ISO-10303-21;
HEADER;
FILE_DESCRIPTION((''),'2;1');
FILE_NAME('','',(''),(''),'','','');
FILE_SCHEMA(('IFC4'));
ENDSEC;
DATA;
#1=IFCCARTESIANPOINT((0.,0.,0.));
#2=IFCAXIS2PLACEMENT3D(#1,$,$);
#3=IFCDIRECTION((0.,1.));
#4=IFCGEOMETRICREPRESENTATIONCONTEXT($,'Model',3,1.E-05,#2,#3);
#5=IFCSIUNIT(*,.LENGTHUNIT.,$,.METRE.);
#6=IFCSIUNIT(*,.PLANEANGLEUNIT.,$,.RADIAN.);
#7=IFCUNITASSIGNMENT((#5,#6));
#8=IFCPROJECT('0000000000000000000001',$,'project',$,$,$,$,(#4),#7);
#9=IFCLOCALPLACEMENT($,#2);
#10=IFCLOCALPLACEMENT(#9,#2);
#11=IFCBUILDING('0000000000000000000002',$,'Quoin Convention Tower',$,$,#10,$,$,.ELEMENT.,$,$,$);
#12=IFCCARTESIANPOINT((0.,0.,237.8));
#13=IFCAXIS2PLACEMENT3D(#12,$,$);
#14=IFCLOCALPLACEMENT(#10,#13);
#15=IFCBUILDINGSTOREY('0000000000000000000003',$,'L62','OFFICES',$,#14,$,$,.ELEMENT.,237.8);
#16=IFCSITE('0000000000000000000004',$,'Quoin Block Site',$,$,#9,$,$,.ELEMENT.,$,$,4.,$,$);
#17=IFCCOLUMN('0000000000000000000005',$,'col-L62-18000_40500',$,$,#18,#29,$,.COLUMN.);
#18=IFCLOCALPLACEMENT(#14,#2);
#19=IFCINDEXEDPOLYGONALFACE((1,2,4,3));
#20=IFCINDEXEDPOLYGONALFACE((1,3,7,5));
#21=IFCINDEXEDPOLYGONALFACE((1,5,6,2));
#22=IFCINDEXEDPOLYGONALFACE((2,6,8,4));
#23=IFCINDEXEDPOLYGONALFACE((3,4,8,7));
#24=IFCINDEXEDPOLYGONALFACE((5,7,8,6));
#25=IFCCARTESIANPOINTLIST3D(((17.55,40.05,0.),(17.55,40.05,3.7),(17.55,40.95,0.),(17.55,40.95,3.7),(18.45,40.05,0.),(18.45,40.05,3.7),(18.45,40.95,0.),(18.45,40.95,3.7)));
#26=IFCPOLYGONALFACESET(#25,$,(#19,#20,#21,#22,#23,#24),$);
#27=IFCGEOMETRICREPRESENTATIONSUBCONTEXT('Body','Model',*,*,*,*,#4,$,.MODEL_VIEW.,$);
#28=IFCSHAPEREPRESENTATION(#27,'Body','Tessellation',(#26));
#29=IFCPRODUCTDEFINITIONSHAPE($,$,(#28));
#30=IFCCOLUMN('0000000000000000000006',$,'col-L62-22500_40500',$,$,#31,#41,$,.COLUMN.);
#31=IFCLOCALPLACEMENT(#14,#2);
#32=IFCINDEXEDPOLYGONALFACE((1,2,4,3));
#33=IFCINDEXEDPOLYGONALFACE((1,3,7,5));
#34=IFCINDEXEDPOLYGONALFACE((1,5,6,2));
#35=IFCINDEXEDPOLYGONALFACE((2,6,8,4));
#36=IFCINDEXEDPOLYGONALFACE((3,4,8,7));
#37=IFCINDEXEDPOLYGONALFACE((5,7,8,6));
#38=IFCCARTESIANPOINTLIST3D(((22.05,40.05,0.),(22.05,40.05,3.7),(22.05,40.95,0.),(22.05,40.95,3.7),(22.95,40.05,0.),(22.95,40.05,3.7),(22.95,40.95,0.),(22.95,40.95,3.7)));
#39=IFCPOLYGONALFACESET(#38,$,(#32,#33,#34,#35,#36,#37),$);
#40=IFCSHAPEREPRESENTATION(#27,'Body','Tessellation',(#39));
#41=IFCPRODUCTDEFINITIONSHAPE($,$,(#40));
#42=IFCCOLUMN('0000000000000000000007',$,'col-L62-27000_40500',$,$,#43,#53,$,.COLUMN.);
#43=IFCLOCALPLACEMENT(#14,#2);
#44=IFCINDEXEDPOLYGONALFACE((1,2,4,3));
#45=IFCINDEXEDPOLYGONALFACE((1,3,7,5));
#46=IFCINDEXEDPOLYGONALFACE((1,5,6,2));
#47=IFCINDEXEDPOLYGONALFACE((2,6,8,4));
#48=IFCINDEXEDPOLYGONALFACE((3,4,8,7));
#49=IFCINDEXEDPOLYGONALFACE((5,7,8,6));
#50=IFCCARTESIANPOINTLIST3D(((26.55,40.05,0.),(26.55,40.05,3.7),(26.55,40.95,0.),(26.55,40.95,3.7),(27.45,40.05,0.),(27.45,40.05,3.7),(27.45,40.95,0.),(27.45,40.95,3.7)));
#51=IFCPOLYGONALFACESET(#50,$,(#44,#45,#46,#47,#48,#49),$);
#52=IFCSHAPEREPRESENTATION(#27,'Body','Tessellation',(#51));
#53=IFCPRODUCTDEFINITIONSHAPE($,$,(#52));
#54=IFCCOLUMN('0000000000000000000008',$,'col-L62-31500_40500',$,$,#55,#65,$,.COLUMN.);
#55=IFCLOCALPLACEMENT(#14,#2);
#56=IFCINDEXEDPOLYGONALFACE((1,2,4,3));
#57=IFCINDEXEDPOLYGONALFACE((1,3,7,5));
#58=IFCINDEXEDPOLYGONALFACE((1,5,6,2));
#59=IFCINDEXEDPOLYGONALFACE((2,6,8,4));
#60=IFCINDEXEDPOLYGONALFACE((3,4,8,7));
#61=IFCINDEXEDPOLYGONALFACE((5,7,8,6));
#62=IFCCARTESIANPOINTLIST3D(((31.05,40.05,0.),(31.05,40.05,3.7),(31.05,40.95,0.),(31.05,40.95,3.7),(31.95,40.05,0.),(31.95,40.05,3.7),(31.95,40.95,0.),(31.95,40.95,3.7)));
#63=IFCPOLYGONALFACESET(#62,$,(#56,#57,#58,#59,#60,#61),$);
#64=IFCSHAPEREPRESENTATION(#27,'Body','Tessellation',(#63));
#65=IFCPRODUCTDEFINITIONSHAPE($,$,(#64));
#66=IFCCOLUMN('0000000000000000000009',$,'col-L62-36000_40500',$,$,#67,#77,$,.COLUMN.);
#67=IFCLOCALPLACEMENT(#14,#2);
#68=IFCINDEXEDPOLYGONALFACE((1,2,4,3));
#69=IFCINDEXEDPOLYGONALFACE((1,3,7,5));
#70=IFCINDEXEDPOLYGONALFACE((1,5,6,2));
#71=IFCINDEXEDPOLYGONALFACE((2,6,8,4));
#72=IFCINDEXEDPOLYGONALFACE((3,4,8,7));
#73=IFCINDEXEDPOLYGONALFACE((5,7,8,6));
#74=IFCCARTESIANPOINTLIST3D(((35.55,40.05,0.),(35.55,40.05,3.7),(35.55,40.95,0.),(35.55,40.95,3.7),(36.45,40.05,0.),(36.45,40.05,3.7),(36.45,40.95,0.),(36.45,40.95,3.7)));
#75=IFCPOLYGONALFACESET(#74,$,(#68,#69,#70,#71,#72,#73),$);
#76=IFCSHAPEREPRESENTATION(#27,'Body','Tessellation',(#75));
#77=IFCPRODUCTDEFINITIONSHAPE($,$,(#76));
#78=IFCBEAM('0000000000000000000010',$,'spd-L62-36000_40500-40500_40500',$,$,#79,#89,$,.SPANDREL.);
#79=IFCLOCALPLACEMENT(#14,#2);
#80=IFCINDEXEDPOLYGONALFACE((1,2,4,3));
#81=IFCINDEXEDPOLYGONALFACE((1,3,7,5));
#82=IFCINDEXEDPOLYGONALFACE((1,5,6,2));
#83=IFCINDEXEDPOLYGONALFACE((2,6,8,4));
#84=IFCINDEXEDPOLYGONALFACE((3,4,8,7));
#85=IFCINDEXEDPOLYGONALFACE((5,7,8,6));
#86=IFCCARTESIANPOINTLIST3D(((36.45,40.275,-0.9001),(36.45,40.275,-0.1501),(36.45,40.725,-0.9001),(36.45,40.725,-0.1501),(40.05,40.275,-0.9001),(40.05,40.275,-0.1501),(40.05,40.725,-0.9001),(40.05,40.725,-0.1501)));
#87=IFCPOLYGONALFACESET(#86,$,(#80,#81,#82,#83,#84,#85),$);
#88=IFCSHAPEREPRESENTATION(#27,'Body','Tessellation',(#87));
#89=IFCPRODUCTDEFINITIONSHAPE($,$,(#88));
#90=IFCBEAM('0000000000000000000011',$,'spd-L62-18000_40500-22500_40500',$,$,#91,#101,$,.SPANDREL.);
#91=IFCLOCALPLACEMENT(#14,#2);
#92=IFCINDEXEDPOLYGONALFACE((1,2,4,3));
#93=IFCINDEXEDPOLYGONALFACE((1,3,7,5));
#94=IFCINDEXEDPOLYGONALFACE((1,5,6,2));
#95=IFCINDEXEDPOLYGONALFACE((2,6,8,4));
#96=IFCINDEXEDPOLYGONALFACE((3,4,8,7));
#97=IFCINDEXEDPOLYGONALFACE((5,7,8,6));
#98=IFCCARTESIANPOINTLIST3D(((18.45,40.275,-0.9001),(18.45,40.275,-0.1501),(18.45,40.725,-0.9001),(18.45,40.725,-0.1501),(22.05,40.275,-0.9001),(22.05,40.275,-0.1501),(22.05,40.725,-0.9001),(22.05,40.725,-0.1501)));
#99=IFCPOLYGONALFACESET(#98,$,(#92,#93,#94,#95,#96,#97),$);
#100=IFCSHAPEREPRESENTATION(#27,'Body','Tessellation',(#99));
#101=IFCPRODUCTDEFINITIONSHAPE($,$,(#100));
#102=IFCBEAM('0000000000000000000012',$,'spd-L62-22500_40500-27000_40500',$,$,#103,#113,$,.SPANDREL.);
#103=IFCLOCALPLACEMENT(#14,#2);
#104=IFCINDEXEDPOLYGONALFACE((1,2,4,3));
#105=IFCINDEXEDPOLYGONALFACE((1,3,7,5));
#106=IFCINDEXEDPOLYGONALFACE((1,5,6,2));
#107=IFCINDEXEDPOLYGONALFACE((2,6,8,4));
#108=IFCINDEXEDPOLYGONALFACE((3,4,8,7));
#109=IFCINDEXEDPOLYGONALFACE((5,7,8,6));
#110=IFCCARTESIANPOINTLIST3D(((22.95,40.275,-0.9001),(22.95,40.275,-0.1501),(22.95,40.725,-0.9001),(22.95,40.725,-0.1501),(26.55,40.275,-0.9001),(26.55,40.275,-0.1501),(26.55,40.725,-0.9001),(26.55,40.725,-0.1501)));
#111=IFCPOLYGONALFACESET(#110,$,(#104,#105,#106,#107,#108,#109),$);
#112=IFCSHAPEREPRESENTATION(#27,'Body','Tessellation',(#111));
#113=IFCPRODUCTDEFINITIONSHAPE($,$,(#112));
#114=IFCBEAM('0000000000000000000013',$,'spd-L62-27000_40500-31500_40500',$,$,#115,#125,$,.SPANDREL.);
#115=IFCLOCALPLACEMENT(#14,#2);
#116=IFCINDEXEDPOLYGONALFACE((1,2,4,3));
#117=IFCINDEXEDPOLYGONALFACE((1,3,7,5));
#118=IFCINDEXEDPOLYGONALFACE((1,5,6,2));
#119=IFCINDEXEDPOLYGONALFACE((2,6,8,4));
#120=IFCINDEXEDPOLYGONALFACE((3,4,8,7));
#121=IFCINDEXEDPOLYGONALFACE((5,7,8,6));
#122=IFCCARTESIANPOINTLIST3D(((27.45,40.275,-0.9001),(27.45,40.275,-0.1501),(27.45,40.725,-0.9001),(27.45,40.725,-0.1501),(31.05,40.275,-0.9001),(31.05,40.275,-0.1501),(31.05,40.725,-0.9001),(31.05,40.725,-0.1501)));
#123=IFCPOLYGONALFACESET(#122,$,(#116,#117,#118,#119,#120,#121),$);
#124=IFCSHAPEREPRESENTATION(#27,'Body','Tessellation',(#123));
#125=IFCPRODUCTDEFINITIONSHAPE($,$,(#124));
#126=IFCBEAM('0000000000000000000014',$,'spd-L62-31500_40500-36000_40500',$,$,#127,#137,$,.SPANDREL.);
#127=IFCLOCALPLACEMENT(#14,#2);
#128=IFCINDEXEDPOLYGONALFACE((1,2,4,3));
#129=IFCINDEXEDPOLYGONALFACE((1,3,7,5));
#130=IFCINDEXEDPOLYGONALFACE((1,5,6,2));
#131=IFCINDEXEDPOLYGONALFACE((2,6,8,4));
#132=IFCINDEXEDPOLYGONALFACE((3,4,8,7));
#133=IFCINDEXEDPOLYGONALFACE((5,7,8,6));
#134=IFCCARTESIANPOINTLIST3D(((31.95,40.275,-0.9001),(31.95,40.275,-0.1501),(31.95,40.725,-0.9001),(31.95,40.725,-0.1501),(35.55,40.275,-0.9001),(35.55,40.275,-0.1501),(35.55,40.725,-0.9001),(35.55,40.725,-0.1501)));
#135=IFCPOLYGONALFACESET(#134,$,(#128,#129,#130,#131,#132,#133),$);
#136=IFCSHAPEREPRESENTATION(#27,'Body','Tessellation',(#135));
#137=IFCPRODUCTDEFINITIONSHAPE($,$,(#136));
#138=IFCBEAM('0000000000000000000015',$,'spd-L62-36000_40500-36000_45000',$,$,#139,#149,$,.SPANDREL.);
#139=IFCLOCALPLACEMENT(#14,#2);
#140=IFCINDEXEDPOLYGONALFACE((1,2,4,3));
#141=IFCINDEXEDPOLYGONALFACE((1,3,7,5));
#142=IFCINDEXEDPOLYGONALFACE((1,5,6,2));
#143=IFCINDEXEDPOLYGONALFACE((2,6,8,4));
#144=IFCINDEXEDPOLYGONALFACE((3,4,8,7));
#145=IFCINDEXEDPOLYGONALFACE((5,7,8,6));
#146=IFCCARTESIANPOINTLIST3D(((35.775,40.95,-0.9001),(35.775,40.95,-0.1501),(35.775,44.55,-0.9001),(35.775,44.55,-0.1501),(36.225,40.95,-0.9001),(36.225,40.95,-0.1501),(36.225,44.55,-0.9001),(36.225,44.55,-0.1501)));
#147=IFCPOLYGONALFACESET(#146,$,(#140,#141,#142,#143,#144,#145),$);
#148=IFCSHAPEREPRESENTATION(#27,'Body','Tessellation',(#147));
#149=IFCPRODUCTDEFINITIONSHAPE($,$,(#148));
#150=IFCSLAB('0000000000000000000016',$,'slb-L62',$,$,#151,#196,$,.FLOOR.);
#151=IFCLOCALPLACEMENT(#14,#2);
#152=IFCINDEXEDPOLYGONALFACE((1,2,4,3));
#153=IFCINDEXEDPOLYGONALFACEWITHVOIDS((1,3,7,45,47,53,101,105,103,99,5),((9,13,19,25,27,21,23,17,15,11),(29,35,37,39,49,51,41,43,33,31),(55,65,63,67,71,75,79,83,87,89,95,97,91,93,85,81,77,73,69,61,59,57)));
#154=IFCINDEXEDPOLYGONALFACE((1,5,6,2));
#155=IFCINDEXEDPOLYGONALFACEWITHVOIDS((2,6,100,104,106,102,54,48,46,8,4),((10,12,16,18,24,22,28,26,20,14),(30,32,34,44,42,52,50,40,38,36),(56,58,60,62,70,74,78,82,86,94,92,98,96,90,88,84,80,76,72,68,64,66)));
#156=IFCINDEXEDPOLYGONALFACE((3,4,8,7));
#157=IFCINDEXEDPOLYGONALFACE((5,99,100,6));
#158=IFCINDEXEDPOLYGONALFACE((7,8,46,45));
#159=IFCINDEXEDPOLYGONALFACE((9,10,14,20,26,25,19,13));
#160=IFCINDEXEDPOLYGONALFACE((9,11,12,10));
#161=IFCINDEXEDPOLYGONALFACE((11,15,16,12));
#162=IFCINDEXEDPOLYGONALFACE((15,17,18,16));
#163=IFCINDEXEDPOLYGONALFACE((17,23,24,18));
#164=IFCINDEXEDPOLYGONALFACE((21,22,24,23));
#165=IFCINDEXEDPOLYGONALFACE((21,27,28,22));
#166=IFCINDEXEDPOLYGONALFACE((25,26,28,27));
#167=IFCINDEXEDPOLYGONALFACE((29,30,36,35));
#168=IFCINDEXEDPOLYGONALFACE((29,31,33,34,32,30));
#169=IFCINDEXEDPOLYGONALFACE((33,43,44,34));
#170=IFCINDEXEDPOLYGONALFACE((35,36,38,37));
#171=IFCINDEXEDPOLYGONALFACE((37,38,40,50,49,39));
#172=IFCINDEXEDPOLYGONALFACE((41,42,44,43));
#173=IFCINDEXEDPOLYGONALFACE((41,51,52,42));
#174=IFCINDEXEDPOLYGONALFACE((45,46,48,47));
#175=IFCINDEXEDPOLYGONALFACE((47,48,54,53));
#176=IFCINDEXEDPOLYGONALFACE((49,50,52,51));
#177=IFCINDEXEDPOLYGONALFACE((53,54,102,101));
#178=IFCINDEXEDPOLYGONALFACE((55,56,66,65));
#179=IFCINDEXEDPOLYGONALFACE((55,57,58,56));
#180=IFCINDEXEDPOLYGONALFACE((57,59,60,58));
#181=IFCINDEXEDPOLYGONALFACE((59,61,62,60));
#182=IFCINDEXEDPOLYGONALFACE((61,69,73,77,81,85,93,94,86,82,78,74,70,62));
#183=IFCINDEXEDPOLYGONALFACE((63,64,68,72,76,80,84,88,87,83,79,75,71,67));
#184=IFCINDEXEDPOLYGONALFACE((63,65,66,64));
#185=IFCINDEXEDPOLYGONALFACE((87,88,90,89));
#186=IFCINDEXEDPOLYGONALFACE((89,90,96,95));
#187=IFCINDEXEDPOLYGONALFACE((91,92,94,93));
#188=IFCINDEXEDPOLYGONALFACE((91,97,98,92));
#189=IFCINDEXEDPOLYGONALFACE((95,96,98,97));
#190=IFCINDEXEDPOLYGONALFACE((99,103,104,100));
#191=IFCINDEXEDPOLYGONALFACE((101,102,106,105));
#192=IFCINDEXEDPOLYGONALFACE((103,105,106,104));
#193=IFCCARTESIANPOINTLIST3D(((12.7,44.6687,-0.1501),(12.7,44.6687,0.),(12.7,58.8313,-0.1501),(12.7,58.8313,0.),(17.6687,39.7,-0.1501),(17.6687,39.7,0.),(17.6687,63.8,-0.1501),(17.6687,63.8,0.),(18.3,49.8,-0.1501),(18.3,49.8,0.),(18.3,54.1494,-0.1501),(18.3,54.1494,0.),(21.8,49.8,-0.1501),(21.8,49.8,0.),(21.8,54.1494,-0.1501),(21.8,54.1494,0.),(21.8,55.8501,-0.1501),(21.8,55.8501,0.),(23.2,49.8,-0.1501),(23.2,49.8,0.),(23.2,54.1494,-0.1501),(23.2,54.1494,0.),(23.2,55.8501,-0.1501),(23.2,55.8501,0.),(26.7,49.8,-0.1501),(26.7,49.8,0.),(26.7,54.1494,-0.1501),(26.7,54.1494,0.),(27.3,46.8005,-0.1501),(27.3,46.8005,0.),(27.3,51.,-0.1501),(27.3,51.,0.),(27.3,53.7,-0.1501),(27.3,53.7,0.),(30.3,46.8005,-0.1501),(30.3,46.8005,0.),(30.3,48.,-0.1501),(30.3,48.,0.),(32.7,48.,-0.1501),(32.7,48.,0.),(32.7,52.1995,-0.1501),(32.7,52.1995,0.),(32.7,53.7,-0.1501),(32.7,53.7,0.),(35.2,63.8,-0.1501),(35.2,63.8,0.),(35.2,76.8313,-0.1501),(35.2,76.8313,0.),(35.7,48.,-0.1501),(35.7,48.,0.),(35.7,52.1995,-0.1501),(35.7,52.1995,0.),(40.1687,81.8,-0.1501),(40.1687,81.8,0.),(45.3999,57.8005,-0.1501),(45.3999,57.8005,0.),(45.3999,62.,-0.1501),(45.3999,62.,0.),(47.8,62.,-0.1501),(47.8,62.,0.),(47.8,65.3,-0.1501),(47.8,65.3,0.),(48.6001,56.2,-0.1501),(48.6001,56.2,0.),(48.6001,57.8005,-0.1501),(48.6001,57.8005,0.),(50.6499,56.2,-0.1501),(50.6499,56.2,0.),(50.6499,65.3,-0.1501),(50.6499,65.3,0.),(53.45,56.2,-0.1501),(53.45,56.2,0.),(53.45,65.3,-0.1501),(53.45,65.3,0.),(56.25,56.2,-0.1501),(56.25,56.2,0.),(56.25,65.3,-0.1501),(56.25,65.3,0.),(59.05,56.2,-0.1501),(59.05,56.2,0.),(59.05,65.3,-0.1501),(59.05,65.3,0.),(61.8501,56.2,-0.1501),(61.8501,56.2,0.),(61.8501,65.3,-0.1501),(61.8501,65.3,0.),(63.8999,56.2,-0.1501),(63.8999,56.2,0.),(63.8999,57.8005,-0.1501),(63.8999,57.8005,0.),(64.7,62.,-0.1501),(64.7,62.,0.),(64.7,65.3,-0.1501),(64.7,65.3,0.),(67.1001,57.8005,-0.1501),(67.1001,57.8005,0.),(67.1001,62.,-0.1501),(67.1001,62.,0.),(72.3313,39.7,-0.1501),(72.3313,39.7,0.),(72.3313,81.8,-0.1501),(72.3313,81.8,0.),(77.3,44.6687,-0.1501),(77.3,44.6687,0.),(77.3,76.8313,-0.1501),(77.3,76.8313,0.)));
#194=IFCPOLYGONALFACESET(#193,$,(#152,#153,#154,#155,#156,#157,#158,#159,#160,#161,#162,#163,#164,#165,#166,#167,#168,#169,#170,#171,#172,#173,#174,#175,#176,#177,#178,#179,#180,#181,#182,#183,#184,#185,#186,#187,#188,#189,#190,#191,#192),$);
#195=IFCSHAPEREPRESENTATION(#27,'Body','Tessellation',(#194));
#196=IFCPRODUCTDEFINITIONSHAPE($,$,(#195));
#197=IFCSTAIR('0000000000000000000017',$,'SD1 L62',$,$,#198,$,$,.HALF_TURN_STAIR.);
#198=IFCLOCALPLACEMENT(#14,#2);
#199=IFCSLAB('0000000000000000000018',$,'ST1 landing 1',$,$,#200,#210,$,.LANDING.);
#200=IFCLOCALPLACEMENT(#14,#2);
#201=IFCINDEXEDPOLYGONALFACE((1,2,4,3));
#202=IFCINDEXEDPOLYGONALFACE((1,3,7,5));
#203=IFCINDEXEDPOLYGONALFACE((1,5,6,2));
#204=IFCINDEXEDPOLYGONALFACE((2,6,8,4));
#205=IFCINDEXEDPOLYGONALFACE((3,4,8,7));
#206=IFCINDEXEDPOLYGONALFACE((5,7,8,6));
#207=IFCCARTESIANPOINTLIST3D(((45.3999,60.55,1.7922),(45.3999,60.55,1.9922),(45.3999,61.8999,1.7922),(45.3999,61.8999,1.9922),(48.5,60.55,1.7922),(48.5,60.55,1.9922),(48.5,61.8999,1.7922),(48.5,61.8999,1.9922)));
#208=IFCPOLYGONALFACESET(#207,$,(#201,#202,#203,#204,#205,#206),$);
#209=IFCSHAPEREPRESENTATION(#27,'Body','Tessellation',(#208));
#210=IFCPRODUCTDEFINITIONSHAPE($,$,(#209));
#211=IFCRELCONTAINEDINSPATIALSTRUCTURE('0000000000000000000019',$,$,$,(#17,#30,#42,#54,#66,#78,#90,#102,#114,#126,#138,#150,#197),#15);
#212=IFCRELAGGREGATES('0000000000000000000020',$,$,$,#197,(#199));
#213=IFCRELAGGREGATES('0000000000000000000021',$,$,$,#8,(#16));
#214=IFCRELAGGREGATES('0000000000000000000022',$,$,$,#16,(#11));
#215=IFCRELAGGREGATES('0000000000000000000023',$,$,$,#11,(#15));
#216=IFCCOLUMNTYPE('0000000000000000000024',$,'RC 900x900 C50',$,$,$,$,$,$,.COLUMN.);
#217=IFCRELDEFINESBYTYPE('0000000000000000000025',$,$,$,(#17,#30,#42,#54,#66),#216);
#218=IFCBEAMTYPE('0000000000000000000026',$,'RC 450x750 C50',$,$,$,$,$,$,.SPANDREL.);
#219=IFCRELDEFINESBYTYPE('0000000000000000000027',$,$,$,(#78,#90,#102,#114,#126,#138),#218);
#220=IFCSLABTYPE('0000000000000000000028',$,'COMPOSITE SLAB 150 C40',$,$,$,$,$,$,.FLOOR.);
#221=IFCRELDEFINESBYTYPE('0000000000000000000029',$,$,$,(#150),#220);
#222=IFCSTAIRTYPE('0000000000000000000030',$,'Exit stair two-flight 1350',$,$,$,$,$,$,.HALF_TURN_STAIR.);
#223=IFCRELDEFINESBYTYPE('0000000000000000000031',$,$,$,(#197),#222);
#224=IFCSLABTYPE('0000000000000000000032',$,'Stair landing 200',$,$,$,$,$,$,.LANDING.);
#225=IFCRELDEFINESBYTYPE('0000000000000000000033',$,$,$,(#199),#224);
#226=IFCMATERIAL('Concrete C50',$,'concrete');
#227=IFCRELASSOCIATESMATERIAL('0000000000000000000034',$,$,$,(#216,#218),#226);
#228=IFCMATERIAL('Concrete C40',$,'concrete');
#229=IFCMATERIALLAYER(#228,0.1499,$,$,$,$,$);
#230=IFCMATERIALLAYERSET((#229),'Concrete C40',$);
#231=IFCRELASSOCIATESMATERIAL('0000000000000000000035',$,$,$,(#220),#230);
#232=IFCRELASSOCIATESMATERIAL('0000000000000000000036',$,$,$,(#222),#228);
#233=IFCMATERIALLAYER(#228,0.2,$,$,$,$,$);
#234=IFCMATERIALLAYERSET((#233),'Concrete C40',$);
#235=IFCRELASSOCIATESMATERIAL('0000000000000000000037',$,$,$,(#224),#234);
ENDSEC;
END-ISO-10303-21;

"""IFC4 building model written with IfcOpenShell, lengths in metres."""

from ifc_helpers import new_model, si_unit, direction, frame, origin, origin_2d, place, context, subcontext, project, spatial, polyline, rectangle, outline, extrude, material, layer, layer_set, material_profile, profile_set, type_object, element, aggregate, save


model = new_model("IFC4")

# Units and contexts
model_context = context("Model", 3, precision=1e-05, world=origin(), true_north=direction((0.0, 1.0)))
body_context = subcontext(model_context, "Body", "Model", "MODEL_VIEW")
ifc_project = project(units=[si_unit("LENGTHUNIT", "METRE"), si_unit("PLANEANGLEUNIT", "RADIAN")], contexts=[model_context])

# Site, building, storey
site_placement = place(None, origin())
site = spatial("IfcSite", under=ifc_project, at=site_placement, Name="Quoin Block Site", CompositionType="ELEMENT", RefElevation=4.0)
building_placement = place(site_placement, origin())
building = spatial("IfcBuilding", under=site, at=building_placement, Name="Quoin Convention Tower", CompositionType="ELEMENT")
storey_placement = place(building_placement, frame((0.0, 0.0, 237.8)))
storey = spatial("IfcBuildingStorey", under=building, at=storey_placement, Name="L62", Description="OFFICES", CompositionType="ELEMENT", Elevation=237.8)

# Columns
ifc_material_1 = material(Name="Concrete C50", Category="concrete")
ifc_material_profile_1 = material_profile(ifc_material_1, rectangle(XDim=0.8999, YDim=0.8999, at=origin_2d()), Name="RC 900x900")
ifc_profile_set_1 = profile_set([ifc_material_profile_1], Name="Concrete C50")
column_type = type_object("IfcColumnType", Name="RC 900x900 C50", PredefinedType="COLUMN", material=ifc_profile_set_1)
for number, where, z_axis, x_axis, name in (
    (1, (18.0, 40.5, 0.0), (0.0, 0.0, 1.0), (1.0, 0.0, 0.0), "col-L62-18000_40500"),
    (2, (22.5, 40.5, 0.0), (0.0, 0.0, 1.0), (1.0, 0.0, 0.0), "col-L62-22500_40500"),
    (3, (27.0, 40.5, 0.0), (0.0, 0.0, 1.0), (1.0, 0.0, 0.0), "col-L62-27000_40500"),
    (4, (31.5, 40.5, 0.0), (0.0, 0.0, 1.0), (1.0, 0.0, 0.0), "col-L62-31500_40500"),
    (5, (36.0, 40.5, 0.0), (0.0, 0.0, 1.0), (1.0, 0.0, 0.0), "col-L62-36000_40500"),
):
    element("IfcColumn", number, at=place(storey_placement, frame(where, z_axis=z_axis, x_axis=x_axis)), inside=storey, type_object=column_type, Name=name, PredefinedType="COLUMN", context=body_context, shape_type="SweptSolid", body=[
        extrude(rectangle(XDim=0.8999, YDim=0.8999, at=origin_2d()), origin(), (0.0, 0.0, 1.0), 3.7),
    ])

# Beams
ifc_material_profile_2 = material_profile(ifc_material_1, rectangle(XDim=0.45, YDim=0.75, at=origin_2d()), Name="RC 450x750")
ifc_profile_set_2 = profile_set([ifc_material_profile_2], Name="Concrete C50")
beam_type = type_object("IfcBeamType", Name="RC 450x750 C50", PredefinedType="SPANDREL", material=ifc_profile_set_2)
for number, where, z_axis, x_axis, name in (
    (6, (36.45, 40.5, -0.5251), (1.0, 0.0, 0.0), (0.0, 1.0, 0.0), "spd-L62-36000_40500-40500_40500"),
    (7, (18.45, 40.5, -0.5251), (1.0, 0.0, 0.0), (0.0, 1.0, 0.0), "spd-L62-18000_40500-22500_40500"),
    (8, (22.95, 40.5, -0.5251), (1.0, 0.0, 0.0), (0.0, 1.0, 0.0), "spd-L62-22500_40500-27000_40500"),
    (9, (27.45, 40.5, -0.5251), (1.0, 0.0, 0.0), (0.0, 1.0, 0.0), "spd-L62-27000_40500-31500_40500"),
    (10, (31.95, 40.5, -0.5251), (1.0, 0.0, 0.0), (0.0, 1.0, 0.0), "spd-L62-31500_40500-36000_40500"),
    (11, (36.0, 40.95, -0.5251), (0.0, 1.0, 0.0), (-1.0, 0.0, 0.0), "spd-L62-36000_40500-36000_45000"),
):
    element("IfcBeam", number, at=place(storey_placement, frame(where, z_axis=z_axis, x_axis=x_axis)), inside=storey, type_object=beam_type, Name=name, PredefinedType="SPANDREL", context=body_context, shape_type="SweptSolid", body=[
        extrude(rectangle(XDim=0.45, YDim=0.75, at=origin_2d()), origin(), (0.0, 0.0, 1.0), 3.6001),
    ])

# Slab
ifc_material_2 = material(Name="Concrete C40", Category="concrete")
ifc_layer_1 = layer(ifc_material_2, 0.1499)
ifc_layer_set_1 = layer_set([ifc_layer_1], Name="Concrete C40")
slab_type_1 = type_object("IfcSlabType", Name="COMPOSITE SLAB 150 C40", PredefinedType="FLOOR", material=ifc_layer_set_1)
slab_1_placement = place(storey_placement, frame((0.0, 0.0, -0.1501)))
element("IfcSlab", 12, at=slab_1_placement, inside=storey, type_object=slab_type_1, Name="slb-L62", PredefinedType="FLOOR", context=body_context, shape_type="SweptSolid", body=[
    extrude(outline(polyline([(17.6687, 39.7), (12.7, 44.6687), (12.7, 58.8313), (17.6687, 63.8), (35.2, 63.8), (35.2, 76.8313), (40.1687, 81.8), (72.3313, 81.8), (77.3, 76.8313), (77.3, 44.6687), (72.3313, 39.7), (17.6687, 39.7)]), holes=[polyline([(27.3, 51.0), (27.3, 46.8005), (30.3, 46.8005), (30.3, 48.0), (32.7, 48.0), (35.7, 48.0), (35.7, 52.1995), (32.7, 52.1995), (32.7, 53.7), (27.3, 53.7), (27.3, 51.0)]), polyline([(18.3, 49.8), (21.8, 49.8), (23.2, 49.8), (26.7, 49.8), (26.7, 54.1494), (23.2, 54.1494), (23.2, 55.8501), (21.8, 55.8501), (21.8, 54.1494), (18.3, 54.1494), (18.3, 49.8)]), polyline([(48.6001, 56.2), (50.6499, 56.2), (53.45, 56.2), (56.25, 56.2), (59.05, 56.2), (61.8501, 56.2), (63.8999, 56.2), (63.8999, 57.8005), (67.1001, 57.8005), (67.1001, 62.0), (64.7, 62.0), (64.7, 65.3), (61.8501, 65.3), (59.05, 65.3), (56.25, 65.3), (53.45, 65.3), (50.6499, 65.3), (47.8, 65.3), (47.8, 62.0), (45.3999, 62.0), (45.3999, 57.8005), (48.6001, 57.8005), (48.6001, 56.2)])]), origin(), (0.0, 0.0, 1.0), 0.1501),
])

# Stair, slab
stair_type_1 = type_object("IfcStairType", Name="Exit stair two-flight 1350", PredefinedType="HALF_TURN_STAIR", material=ifc_material_2)
stair_1_placement = place(storey_placement, origin())
stair_1 = element("IfcStair", 13, at=stair_1_placement, inside=storey, type_object=stair_type_1, Name="SD1 L62", PredefinedType="HALF_TURN_STAIR")
ifc_layer_2 = layer(ifc_material_2, 0.2)
ifc_layer_set_2 = layer_set([ifc_layer_2], Name="Concrete C40")
slab_type_2 = type_object("IfcSlabType", Name="Stair landing 200", PredefinedType="LANDING", material=ifc_layer_set_2)
slab_2_placement = place(storey_placement, frame((0.0, 0.0, 1.7922)))
slab_2 = element("IfcSlab", 14, at=slab_2_placement, type_object=slab_type_2, Name="ST1 landing 1", PredefinedType="LANDING", context=body_context, shape_type="SweptSolid", body=[
    extrude(outline(polyline([(45.3999, 60.55), (48.5, 60.55), (48.5, 61.8999), (45.3999, 61.8999), (45.3999, 60.55)])), origin(), (0.0, 0.0, 1.0), 0.2),
])
aggregate(stair_1, [slab_2])

save(model, "model.ifc")
